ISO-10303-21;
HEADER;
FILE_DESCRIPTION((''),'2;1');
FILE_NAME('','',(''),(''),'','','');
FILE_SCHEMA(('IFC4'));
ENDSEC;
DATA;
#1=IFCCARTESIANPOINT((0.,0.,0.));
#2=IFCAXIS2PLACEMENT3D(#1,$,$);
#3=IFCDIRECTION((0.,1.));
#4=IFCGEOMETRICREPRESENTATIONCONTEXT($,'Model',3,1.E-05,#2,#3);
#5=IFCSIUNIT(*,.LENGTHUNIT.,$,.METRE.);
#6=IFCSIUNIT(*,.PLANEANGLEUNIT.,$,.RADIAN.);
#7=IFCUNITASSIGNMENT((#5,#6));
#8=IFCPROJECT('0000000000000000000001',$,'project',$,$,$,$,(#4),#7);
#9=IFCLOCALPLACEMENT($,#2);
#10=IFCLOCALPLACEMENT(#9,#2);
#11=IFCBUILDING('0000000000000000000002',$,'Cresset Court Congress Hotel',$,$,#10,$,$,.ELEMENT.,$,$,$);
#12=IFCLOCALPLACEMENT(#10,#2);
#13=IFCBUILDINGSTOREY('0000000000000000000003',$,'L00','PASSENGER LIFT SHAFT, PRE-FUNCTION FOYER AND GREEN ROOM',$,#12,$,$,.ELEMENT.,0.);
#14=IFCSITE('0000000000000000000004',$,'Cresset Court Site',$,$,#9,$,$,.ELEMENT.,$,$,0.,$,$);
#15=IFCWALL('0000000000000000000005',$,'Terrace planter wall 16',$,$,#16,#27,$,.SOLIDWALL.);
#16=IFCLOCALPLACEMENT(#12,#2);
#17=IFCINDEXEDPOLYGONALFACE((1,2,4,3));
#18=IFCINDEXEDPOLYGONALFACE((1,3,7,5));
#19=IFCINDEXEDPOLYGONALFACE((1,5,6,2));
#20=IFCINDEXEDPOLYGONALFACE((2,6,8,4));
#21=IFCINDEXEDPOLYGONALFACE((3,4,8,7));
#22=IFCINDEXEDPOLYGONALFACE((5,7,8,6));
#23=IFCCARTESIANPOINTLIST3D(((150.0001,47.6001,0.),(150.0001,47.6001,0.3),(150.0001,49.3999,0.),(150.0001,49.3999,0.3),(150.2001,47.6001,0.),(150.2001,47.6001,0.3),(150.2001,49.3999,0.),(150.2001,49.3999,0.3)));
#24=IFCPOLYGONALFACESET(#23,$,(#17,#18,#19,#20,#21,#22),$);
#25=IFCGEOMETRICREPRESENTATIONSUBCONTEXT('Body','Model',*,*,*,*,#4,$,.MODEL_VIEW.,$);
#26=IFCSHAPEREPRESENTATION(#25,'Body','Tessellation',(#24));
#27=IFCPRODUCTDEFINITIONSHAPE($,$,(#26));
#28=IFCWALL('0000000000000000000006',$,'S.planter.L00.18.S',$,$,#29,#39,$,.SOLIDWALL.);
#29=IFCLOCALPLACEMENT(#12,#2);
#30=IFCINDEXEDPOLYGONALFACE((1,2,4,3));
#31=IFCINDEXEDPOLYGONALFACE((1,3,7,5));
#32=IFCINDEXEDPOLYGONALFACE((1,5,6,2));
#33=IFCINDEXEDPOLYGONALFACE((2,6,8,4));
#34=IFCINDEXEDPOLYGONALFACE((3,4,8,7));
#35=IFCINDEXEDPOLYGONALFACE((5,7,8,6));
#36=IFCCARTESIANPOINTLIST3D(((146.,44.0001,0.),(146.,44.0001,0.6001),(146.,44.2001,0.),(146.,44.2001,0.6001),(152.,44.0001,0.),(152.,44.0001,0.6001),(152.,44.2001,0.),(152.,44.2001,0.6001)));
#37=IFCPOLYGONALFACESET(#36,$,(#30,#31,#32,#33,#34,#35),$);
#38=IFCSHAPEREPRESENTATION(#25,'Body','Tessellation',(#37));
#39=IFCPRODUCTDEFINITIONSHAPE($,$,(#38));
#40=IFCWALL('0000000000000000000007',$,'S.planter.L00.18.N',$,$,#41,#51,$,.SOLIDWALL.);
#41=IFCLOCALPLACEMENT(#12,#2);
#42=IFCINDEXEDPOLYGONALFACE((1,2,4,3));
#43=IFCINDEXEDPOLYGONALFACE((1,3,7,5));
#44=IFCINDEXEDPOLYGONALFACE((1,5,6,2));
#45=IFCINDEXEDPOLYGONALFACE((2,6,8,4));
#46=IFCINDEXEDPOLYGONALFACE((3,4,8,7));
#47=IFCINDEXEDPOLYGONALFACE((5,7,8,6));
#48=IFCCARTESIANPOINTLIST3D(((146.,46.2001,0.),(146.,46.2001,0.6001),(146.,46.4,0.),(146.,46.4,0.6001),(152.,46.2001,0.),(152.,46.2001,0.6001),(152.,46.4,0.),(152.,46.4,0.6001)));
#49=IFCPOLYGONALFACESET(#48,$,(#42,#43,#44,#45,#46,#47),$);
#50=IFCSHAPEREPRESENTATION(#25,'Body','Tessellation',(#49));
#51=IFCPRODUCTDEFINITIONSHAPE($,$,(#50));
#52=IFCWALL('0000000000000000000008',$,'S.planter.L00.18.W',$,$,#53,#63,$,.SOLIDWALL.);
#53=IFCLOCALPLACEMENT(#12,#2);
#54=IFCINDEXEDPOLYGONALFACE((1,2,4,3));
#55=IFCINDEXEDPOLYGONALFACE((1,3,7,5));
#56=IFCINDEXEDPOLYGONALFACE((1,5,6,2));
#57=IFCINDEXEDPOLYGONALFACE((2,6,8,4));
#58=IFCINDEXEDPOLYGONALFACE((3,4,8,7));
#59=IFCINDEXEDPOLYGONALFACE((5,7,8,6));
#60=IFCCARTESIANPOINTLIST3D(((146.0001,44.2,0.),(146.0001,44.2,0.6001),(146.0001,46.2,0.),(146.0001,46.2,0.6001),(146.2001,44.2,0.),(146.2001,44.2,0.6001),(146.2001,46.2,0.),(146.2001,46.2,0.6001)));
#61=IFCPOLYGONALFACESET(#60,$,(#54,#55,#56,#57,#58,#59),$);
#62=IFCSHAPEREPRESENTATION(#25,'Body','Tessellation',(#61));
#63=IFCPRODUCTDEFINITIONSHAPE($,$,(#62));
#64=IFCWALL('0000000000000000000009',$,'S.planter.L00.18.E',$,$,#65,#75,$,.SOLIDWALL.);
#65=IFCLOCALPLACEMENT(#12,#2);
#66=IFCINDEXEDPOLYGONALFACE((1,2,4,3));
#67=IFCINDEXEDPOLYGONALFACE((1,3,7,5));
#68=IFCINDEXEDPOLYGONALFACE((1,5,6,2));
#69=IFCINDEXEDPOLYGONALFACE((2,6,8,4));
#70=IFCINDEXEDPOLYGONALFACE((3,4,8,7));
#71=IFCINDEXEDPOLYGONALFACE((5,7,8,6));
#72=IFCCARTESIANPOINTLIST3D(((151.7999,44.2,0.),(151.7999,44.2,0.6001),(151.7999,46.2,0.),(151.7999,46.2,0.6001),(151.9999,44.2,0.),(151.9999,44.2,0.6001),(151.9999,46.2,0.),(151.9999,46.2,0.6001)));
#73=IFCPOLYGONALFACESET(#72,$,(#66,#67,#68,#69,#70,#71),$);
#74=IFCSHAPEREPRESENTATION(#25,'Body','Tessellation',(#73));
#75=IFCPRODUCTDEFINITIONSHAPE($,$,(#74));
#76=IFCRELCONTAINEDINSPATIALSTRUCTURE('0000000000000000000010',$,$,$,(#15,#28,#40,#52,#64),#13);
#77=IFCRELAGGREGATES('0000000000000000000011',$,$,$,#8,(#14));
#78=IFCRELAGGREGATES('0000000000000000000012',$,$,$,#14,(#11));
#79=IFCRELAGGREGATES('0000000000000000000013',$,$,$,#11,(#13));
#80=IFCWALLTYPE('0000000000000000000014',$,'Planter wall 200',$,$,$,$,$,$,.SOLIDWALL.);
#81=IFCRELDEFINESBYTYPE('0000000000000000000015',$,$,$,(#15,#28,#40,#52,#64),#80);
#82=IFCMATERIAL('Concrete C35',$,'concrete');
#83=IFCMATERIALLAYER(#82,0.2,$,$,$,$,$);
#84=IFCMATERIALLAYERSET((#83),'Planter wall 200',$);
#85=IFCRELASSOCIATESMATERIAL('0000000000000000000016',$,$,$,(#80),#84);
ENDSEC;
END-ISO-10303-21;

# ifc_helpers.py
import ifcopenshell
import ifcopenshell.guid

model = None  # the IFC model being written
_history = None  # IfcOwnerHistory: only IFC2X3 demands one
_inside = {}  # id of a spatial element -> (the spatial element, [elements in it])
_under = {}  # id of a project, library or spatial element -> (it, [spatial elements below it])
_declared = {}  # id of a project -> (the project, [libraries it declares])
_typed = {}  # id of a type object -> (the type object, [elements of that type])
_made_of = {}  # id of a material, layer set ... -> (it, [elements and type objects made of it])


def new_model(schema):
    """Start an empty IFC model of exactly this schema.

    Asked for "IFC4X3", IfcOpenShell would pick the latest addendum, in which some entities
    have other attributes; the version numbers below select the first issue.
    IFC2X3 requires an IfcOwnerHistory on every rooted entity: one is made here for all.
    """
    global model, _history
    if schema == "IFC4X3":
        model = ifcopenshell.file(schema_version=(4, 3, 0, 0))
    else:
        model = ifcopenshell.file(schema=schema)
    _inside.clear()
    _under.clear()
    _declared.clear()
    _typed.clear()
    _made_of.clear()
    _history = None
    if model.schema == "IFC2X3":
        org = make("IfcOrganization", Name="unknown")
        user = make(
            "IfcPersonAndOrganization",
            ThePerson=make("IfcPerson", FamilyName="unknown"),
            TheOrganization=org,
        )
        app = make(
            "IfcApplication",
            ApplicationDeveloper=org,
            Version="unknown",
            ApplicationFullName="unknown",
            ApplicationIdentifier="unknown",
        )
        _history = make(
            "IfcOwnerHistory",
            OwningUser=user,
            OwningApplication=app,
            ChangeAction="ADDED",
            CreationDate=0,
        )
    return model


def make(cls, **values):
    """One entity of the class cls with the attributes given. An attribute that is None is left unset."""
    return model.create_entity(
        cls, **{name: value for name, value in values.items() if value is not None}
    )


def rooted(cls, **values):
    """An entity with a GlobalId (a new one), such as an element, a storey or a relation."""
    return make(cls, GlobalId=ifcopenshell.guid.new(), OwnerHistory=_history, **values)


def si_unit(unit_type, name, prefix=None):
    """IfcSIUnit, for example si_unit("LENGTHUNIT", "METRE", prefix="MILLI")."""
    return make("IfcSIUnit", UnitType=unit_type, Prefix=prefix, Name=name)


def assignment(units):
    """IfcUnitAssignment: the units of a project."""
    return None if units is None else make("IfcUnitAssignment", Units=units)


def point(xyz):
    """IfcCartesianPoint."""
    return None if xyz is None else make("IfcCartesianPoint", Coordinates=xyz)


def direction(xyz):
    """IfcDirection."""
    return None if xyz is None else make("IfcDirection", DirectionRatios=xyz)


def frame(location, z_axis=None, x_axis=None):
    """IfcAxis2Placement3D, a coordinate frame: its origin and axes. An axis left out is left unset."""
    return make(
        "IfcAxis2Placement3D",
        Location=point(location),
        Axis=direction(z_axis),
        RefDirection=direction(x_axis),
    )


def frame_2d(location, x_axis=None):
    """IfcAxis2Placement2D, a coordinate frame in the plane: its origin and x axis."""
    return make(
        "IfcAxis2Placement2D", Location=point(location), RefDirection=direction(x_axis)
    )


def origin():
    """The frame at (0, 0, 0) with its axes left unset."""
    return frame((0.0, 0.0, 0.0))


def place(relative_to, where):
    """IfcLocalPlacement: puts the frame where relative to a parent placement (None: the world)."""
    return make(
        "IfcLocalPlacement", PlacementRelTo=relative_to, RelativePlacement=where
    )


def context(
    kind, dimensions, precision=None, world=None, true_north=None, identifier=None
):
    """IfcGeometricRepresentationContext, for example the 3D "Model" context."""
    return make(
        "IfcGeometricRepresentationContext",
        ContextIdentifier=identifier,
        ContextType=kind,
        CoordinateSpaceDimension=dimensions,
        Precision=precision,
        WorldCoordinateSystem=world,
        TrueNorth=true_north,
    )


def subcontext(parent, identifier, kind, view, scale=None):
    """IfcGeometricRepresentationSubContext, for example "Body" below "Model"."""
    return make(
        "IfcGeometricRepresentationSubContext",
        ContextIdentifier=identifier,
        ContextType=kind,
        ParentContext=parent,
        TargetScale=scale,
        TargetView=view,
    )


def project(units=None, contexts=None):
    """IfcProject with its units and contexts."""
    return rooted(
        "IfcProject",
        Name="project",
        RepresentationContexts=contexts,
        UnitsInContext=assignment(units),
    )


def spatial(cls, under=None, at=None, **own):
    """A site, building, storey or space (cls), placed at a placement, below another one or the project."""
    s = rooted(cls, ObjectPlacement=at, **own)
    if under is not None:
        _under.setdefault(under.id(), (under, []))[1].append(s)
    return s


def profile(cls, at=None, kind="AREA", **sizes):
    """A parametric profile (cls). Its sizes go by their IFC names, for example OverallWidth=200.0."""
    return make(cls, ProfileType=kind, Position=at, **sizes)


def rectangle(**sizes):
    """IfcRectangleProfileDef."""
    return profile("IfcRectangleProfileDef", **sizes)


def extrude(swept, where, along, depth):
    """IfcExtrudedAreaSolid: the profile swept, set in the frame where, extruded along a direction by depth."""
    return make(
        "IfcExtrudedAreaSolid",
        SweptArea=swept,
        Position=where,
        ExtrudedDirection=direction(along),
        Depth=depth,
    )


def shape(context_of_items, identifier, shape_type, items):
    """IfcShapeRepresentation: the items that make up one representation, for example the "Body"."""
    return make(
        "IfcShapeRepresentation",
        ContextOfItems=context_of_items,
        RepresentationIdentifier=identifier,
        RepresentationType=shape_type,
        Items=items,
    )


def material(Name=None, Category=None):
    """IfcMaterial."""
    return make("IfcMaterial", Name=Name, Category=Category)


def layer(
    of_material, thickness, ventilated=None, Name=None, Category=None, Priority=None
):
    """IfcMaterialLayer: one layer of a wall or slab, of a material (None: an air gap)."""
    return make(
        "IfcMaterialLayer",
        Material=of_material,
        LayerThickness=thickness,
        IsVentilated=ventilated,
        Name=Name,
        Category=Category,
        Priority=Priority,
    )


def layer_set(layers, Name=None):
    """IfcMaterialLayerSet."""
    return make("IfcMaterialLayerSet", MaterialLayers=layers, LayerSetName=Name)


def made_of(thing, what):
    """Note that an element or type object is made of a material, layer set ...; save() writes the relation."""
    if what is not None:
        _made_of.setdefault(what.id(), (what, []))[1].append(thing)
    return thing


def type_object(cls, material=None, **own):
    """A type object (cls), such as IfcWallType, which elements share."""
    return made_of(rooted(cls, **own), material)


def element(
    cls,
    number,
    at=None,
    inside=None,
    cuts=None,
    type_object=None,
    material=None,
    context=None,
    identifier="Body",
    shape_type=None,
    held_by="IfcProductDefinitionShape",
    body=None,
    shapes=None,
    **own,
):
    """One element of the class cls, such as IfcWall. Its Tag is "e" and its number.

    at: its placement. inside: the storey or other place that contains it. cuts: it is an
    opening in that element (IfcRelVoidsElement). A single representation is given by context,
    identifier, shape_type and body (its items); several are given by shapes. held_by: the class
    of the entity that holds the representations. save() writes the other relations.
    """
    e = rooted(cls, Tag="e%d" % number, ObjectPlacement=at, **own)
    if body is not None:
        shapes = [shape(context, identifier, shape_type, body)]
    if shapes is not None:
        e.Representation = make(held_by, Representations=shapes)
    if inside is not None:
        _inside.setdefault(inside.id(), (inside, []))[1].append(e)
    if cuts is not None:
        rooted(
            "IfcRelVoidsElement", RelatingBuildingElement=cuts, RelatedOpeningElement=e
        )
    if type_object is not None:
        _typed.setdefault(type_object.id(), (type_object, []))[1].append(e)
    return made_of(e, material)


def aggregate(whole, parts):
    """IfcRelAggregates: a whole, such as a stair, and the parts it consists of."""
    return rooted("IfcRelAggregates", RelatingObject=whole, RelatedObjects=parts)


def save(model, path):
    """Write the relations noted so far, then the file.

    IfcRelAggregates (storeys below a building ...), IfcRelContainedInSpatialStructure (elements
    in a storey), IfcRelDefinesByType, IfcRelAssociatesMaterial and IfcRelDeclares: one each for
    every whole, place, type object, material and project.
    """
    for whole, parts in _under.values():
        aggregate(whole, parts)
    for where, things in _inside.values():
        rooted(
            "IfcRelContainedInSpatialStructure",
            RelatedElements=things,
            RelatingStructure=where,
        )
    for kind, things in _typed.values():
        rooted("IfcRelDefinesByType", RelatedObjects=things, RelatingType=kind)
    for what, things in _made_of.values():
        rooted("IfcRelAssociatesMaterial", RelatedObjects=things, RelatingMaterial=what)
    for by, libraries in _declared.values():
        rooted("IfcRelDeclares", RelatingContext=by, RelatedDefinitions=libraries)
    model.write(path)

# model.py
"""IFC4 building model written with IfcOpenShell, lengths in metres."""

from ifc_helpers import new_model, si_unit, direction, frame, frame_2d, origin, place, context, subcontext, project, spatial, rectangle, extrude, material, layer, layer_set, type_object, element, save


model = new_model("IFC4")

# Units and contexts
model_context = context("Model", 3, precision=1e-05, world=origin(), true_north=direction((0.0, 1.0)))
body_context = subcontext(model_context, "Body", "Model", "MODEL_VIEW")
ifc_project = project(units=[si_unit("LENGTHUNIT", "METRE"), si_unit("PLANEANGLEUNIT", "RADIAN")], contexts=[model_context])

# Site, building, storey
site_placement = place(None, origin())
site = spatial("IfcSite", under=ifc_project, at=site_placement, Name="Cresset Court Site", CompositionType="ELEMENT", RefElevation=0.0)
building_placement = place(site_placement, origin())
building = spatial("IfcBuilding", under=site, at=building_placement, Name="Cresset Court Congress Hotel", CompositionType="ELEMENT")
storey_placement = place(building_placement, origin())
storey = spatial("IfcBuildingStorey", under=building, at=storey_placement, Name="L00", Description="PASSENGER LIFT SHAFT, PRE-FUNCTION FOYER AND GREEN ROOM", CompositionType="ELEMENT", Elevation=0.0)

# Walls
ifc_material_1 = material(Name="Concrete C35", Category="concrete")
ifc_layer_1 = layer(ifc_material_1, 0.2)
ifc_layer_set_1 = layer_set([ifc_layer_1], Name="Planter wall 200")
wall_type = type_object("IfcWallType", Name="Planter wall 200", PredefinedType="SOLIDWALL", material=ifc_layer_set_1)
wall_placement = place(storey_placement, frame((150.1001, 47.6001, 0.0), z_axis=(0.0, 0.0, 1.0), x_axis=(0.0, 1.0, 0.0)))
element("IfcWall", 1, at=wall_placement, inside=storey, type_object=wall_type, Name="Terrace planter wall 16", PredefinedType="SOLIDWALL", context=body_context, shape_type="SweptSolid", body=[
    extrude(rectangle(XDim=1.7998, YDim=0.2, at=frame_2d((0.8999, 0.0))), origin(), (0.0, 0.0, 1.0), 0.3),
])
for number, where, z_axis, x_axis, name in (
    (2, (146.0, 44.1001, 0.0), (0.0, 0.0, 1.0), (1.0, 0.0, 0.0), "S.planter.L00.18.S"),
    (3, (146.0, 46.3, 0.0), (0.0, 0.0, 1.0), (1.0, 0.0, 0.0), "S.planter.L00.18.N"),
):
    element("IfcWall", number, at=place(storey_placement, frame(where, z_axis=z_axis, x_axis=x_axis)), inside=storey, type_object=wall_type, Name=name, PredefinedType="SOLIDWALL", context=body_context, shape_type="SweptSolid", body=[
        extrude(rectangle(XDim=6.0, YDim=0.2, at=frame_2d((3.0, 0.0))), origin(), (0.0, 0.0, 1.0), 0.6001),
    ])
for number, where, z_axis, x_axis, name in (
    (4, (146.1001, 44.2, 0.0), (0.0, 0.0, 1.0), (0.0, 1.0, 0.0), "S.planter.L00.18.W"),
    (5, (151.8999, 44.2, 0.0), (0.0, 0.0, 1.0), (0.0, 1.0, 0.0), "S.planter.L00.18.E"),
):
    element("IfcWall", number, at=place(storey_placement, frame(where, z_axis=z_axis, x_axis=x_axis)), inside=storey, type_object=wall_type, Name=name, PredefinedType="SOLIDWALL", context=body_context, shape_type="SweptSolid", body=[
        extrude(rectangle(XDim=2.0, YDim=0.2, at=frame_2d((1.0, 0.0))), origin(), (0.0, 0.0, 1.0), 0.6001),
    ])

save(model, "model.ifc")
